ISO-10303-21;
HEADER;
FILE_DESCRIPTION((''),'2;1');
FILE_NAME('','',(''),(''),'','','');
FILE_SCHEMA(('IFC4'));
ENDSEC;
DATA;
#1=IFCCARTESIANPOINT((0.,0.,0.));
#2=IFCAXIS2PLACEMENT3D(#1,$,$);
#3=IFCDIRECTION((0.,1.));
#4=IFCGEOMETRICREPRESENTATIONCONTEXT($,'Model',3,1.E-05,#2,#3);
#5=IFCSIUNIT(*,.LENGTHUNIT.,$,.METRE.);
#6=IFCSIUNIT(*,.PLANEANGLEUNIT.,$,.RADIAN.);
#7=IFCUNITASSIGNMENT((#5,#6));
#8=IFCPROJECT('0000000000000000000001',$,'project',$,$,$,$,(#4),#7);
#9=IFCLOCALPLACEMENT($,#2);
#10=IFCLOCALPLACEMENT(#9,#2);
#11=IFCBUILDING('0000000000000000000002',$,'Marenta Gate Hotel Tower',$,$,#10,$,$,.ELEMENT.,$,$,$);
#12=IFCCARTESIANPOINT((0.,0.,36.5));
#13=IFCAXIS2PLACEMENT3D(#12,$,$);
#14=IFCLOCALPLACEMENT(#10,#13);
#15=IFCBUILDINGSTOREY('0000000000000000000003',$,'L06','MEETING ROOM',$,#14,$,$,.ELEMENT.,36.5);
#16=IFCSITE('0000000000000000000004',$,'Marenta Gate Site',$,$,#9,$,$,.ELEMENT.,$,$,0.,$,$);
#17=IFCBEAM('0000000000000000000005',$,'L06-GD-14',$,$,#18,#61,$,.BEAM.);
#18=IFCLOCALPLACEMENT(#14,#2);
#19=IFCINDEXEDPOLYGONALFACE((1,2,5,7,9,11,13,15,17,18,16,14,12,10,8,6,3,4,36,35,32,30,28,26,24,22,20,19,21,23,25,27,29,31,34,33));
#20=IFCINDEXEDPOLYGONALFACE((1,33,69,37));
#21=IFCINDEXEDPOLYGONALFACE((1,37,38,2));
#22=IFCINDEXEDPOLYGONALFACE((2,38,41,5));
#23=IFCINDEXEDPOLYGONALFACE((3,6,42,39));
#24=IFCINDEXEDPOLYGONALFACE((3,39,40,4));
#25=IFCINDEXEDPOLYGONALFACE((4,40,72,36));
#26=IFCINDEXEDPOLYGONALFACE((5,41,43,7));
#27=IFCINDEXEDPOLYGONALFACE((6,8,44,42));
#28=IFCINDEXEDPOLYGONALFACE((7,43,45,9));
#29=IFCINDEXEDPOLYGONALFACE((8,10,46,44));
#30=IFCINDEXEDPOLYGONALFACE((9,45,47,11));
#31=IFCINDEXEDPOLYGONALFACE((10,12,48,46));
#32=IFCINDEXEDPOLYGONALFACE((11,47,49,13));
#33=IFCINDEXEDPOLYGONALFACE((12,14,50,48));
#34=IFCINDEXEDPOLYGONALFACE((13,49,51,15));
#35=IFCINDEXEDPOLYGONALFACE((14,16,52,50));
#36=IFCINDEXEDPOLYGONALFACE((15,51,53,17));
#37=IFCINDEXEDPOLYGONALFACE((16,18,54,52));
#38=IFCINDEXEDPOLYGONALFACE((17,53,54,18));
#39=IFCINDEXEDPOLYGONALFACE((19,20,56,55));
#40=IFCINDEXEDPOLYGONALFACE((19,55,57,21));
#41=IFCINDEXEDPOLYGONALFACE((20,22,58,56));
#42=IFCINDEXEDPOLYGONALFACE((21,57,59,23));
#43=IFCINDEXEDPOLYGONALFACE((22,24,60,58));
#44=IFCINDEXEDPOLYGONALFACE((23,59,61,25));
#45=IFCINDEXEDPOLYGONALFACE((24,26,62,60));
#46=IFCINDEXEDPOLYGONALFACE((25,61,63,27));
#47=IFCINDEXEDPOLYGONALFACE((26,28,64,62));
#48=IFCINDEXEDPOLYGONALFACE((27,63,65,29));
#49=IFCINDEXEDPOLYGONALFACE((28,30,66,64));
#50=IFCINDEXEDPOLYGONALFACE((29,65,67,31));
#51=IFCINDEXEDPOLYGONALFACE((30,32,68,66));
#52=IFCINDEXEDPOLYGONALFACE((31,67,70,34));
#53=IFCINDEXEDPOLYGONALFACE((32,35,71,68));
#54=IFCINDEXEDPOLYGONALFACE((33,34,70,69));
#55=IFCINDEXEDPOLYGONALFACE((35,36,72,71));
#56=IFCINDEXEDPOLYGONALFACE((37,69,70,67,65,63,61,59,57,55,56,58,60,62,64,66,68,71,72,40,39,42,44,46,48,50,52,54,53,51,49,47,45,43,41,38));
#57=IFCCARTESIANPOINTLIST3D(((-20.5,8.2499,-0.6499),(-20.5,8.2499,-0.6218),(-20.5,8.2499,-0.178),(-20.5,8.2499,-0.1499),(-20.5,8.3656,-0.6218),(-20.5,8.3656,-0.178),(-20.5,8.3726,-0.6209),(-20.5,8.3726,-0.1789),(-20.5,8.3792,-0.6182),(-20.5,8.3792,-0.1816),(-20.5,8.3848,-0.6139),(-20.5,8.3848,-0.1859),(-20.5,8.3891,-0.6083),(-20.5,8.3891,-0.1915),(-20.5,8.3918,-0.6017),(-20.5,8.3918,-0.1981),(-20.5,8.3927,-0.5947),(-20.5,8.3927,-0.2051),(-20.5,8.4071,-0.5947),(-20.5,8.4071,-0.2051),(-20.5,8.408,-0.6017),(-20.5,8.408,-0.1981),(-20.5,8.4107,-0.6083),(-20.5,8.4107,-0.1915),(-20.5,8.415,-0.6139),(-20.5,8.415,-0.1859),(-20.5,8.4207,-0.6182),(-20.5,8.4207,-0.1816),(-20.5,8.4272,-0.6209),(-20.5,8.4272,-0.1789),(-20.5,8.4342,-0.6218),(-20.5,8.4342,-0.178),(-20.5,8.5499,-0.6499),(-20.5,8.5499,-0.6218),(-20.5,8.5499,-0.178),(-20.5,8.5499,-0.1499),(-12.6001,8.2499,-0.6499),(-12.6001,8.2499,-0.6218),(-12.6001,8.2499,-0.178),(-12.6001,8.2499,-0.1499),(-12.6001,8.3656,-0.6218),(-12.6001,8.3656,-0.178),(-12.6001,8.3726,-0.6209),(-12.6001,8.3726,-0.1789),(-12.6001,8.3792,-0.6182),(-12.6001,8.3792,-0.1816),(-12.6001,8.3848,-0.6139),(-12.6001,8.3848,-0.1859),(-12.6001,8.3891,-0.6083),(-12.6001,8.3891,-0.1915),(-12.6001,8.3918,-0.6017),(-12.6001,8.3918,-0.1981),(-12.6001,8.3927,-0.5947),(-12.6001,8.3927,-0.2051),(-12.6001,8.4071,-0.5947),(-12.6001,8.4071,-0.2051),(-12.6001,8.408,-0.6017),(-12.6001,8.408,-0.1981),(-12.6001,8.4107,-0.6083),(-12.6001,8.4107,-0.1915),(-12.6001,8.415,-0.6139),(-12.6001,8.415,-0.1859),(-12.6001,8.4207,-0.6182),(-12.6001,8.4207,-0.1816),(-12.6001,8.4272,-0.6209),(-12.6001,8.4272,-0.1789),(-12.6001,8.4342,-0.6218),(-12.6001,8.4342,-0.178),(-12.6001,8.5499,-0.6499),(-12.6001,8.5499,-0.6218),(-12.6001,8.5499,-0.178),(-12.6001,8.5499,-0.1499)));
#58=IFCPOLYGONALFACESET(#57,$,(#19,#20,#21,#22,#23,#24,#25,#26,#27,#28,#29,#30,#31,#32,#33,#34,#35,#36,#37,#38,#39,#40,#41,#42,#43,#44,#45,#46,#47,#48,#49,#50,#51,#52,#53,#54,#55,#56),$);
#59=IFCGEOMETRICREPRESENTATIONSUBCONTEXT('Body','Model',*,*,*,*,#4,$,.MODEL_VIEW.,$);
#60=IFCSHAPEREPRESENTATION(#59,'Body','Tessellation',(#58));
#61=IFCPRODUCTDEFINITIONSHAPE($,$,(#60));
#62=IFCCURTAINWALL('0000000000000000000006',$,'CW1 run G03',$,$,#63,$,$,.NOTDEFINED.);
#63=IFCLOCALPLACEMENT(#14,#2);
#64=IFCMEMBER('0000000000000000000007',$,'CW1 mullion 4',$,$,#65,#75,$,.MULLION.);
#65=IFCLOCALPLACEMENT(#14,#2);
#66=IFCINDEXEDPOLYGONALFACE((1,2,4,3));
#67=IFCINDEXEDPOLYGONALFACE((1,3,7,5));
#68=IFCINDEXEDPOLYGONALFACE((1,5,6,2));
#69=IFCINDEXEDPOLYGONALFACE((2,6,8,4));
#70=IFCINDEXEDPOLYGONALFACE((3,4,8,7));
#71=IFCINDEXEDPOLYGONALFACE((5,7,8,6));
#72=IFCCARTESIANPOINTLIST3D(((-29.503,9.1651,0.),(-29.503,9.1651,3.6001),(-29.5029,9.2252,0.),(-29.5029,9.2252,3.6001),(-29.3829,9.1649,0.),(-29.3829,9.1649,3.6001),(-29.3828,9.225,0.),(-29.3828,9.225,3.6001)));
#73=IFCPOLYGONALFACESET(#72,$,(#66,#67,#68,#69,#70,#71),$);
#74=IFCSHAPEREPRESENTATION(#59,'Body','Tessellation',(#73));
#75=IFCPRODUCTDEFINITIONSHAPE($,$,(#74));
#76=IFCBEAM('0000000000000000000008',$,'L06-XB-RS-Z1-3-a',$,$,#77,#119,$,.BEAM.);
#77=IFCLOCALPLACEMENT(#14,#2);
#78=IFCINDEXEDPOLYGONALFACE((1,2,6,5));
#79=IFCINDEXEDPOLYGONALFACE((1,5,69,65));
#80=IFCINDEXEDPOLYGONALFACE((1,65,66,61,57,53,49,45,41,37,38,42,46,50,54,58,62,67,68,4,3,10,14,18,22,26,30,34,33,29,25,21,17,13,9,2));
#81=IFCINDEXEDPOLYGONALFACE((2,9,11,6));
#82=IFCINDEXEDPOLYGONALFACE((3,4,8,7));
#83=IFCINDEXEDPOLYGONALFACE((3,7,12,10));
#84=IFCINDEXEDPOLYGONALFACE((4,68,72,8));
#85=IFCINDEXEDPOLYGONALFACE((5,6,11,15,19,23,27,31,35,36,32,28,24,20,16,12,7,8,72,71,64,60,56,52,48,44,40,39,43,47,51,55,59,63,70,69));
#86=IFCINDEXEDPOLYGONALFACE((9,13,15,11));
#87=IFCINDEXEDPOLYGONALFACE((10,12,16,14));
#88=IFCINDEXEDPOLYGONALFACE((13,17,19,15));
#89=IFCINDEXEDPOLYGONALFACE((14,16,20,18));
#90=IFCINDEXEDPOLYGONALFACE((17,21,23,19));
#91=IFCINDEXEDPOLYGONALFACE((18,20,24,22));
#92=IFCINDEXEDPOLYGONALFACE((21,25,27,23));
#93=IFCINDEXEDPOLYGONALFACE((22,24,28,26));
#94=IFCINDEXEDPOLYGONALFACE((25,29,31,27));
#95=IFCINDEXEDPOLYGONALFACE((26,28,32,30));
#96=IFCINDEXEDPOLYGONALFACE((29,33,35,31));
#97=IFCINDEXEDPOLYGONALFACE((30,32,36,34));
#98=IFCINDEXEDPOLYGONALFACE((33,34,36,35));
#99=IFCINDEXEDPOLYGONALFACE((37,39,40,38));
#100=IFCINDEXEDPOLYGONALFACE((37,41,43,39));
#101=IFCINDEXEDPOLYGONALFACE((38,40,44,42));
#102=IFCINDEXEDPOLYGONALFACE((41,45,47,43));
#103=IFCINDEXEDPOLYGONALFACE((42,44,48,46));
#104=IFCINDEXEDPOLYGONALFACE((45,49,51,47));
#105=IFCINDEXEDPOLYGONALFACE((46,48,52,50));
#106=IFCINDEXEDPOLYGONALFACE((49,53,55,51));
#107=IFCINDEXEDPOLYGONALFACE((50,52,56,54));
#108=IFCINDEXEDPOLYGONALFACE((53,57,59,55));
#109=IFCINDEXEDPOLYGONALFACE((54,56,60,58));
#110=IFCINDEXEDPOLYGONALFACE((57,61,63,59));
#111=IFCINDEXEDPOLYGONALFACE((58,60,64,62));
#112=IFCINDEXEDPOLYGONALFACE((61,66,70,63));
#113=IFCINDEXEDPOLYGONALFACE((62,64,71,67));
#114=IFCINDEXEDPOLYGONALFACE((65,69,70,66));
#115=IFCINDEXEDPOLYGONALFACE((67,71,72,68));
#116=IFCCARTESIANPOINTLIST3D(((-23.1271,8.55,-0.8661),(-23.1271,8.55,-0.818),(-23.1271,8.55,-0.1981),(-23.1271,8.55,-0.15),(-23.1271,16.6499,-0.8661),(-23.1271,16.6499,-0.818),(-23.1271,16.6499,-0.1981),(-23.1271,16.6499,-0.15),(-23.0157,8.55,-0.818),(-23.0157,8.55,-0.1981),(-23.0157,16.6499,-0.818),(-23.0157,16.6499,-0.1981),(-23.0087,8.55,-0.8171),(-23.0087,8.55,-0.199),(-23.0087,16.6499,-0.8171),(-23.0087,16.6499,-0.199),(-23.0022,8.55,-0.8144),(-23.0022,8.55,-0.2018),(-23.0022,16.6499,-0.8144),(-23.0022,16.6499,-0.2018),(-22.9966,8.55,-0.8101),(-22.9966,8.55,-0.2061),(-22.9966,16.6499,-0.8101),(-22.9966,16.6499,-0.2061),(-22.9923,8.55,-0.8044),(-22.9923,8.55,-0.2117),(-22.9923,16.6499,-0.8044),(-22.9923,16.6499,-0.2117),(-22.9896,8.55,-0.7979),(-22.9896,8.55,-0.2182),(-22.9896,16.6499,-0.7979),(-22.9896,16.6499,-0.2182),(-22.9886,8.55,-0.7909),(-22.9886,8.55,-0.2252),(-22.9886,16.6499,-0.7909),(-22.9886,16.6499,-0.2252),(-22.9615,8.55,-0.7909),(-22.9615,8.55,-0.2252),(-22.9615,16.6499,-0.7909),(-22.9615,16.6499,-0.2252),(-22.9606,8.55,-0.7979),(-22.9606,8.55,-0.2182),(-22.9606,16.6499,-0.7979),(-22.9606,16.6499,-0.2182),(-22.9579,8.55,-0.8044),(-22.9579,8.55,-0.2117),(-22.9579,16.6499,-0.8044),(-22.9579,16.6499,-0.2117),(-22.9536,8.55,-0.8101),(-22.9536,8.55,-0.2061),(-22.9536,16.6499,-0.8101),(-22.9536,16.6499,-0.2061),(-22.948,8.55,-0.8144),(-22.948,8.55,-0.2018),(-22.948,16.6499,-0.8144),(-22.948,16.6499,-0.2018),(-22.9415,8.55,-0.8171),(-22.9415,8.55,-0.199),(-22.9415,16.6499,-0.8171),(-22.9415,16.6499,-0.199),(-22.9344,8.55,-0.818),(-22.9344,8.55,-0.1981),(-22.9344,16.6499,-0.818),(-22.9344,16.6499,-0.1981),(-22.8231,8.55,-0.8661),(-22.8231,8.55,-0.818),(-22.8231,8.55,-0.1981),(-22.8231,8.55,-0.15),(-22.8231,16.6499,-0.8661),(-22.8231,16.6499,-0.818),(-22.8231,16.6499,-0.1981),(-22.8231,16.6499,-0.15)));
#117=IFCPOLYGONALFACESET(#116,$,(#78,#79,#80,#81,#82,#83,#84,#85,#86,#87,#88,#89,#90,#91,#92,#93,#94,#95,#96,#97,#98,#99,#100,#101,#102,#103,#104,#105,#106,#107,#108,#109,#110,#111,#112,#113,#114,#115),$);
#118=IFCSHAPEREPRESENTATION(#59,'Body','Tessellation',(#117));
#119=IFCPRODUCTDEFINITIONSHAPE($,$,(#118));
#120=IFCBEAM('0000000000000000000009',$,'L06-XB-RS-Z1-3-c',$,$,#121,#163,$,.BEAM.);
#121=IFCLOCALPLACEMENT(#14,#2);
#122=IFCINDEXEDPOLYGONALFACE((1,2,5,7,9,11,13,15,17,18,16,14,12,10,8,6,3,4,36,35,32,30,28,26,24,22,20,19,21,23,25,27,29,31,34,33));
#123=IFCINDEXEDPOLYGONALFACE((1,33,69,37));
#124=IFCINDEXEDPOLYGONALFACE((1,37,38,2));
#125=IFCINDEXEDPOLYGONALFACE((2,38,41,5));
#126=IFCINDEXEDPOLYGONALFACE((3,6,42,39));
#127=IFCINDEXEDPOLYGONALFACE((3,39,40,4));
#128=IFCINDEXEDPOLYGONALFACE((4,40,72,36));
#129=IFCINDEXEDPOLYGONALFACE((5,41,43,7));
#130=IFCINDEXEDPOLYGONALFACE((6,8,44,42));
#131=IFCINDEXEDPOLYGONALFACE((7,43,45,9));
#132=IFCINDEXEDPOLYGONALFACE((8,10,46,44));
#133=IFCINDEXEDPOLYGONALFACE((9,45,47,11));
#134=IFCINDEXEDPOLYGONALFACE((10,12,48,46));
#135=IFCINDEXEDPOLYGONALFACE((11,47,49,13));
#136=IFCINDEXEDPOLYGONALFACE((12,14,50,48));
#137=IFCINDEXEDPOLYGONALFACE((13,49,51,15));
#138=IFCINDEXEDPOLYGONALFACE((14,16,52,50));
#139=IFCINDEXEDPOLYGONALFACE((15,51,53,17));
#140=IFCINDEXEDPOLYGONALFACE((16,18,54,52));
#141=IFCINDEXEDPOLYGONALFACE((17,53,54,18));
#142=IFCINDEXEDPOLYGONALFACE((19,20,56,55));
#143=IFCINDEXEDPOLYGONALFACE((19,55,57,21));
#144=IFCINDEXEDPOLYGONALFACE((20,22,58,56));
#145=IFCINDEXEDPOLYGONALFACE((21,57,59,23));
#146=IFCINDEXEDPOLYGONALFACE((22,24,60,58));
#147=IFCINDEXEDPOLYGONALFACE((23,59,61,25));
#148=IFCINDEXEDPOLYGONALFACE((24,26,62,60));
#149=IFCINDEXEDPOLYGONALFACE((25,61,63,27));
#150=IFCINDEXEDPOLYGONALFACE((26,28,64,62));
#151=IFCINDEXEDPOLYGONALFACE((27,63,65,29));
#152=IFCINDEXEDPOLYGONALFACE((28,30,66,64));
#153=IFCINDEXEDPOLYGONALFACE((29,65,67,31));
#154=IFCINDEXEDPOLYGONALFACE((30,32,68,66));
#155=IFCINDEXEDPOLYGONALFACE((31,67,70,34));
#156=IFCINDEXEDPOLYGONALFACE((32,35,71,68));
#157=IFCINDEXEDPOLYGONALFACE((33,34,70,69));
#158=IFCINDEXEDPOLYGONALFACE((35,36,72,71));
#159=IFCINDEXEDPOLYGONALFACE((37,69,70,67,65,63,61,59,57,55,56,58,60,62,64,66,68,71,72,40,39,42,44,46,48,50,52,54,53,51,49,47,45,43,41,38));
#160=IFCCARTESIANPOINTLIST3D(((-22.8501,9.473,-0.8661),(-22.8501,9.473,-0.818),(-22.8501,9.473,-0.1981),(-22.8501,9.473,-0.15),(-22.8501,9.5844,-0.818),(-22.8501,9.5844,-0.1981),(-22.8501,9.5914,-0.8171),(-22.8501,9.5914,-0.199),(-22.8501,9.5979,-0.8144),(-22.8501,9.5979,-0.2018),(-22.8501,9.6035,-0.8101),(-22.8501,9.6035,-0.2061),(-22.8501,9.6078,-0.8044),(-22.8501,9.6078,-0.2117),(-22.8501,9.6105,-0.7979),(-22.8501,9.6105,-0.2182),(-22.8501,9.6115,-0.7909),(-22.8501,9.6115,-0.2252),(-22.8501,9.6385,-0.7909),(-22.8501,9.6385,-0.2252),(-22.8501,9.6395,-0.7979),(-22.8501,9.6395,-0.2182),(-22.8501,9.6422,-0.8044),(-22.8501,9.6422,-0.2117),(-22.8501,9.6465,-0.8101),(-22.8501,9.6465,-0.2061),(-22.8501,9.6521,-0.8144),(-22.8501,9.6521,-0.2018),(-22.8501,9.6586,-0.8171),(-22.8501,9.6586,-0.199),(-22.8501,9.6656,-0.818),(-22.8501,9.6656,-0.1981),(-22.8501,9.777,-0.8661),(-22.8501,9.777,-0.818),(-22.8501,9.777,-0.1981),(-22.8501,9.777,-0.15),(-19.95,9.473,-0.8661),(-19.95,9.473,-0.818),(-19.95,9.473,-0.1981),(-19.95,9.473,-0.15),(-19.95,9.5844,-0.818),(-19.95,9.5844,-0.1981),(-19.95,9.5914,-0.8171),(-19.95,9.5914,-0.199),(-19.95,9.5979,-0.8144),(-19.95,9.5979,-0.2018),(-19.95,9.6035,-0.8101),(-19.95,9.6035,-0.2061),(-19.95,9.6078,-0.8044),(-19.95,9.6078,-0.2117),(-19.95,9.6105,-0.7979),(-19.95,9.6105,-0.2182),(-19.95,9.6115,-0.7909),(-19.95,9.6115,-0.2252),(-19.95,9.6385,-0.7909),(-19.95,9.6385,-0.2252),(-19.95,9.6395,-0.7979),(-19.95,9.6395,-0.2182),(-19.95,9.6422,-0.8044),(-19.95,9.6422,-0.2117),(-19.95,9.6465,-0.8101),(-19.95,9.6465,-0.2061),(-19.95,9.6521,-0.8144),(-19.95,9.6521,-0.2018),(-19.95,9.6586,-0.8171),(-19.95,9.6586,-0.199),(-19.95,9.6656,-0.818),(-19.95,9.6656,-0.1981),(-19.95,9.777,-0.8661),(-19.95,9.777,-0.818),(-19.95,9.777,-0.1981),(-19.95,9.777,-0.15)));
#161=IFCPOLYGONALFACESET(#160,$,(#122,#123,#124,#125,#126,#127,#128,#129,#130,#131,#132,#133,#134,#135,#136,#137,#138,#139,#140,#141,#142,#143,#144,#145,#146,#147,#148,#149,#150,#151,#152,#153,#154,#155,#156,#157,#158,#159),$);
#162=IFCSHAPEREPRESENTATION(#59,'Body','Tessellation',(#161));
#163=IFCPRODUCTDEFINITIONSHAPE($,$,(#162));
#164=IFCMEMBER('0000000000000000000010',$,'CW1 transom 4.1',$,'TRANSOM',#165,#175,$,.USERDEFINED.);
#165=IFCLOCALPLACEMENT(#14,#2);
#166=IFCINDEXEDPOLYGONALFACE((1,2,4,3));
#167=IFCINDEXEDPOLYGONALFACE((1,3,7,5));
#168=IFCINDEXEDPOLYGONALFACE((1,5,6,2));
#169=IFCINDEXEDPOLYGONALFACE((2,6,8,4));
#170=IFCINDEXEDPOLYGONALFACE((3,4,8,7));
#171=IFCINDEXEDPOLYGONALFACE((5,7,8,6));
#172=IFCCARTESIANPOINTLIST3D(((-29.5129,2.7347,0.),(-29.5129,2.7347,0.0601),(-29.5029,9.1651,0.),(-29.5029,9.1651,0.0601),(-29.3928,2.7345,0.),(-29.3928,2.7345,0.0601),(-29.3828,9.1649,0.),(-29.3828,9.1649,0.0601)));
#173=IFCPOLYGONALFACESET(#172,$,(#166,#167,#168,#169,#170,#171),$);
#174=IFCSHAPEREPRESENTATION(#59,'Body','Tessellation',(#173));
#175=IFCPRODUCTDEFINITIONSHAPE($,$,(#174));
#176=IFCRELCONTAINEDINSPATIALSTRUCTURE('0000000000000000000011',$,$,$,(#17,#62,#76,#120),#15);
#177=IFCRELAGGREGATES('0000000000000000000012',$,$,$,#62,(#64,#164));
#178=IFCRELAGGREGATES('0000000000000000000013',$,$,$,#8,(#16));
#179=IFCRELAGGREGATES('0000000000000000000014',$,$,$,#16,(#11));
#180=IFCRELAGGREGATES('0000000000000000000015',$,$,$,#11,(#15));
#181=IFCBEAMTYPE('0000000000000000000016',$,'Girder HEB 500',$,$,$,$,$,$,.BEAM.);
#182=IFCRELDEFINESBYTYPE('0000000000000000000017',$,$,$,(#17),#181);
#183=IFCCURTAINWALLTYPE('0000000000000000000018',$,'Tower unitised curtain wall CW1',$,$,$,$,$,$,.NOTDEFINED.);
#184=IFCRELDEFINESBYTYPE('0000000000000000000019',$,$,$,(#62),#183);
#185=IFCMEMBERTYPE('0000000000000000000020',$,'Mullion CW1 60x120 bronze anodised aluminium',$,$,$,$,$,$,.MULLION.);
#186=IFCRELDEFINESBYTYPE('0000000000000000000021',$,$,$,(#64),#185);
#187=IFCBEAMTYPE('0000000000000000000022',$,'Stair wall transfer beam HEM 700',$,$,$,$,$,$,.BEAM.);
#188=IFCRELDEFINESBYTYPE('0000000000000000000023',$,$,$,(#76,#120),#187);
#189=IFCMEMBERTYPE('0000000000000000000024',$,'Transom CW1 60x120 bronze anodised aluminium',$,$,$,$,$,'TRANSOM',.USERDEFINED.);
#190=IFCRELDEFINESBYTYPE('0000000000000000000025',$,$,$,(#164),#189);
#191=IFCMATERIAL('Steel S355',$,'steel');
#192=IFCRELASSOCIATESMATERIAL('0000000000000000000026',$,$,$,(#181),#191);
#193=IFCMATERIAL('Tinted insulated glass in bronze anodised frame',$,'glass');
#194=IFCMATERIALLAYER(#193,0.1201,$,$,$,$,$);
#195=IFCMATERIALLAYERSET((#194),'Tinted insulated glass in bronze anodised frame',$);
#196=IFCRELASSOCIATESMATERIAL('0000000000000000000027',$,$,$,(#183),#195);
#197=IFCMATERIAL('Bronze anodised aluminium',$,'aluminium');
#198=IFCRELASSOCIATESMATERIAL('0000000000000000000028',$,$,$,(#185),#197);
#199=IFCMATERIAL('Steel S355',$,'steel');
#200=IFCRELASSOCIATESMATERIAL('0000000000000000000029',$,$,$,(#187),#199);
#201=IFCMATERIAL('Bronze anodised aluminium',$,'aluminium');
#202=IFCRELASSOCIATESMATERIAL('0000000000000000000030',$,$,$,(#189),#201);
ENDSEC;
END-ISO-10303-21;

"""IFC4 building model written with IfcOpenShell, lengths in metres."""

from ifc_helpers import new_model, si_unit, direction, frame, origin, origin_2d, place, context, subcontext, project, spatial, rectangle, i_section, extrude, material, layer, layer_set, material_profile, profile_set, type_object, element, aggregate, save


model = new_model("IFC4")

# Units and contexts
model_context = context("Model", 3, precision=1e-05, world=origin(), true_north=direction((0.0, 1.0)))
body_context = subcontext(model_context, "Body", "Model", "MODEL_VIEW")
ifc_project = project(units=[si_unit("LENGTHUNIT", "METRE"), si_unit("PLANEANGLEUNIT", "RADIAN")], contexts=[model_context])

# Site, building, storey
site_placement = place(None, origin())
site = spatial("IfcSite", under=ifc_project, at=site_placement, Name="Marenta Gate Site", CompositionType="ELEMENT", RefElevation=0.0)
building_placement = place(site_placement, origin())
building = spatial("IfcBuilding", under=site, at=building_placement, Name="Marenta Gate Hotel Tower", CompositionType="ELEMENT")
storey_placement = place(building_placement, frame((0.0, 0.0, 36.5)))
storey = spatial("IfcBuildingStorey", under=building, at=storey_placement, Name="L06", Description="MEETING ROOM", CompositionType="ELEMENT", Elevation=36.5)

# Beam
ifc_material_1 = material(Name="Steel S355", Category="steel")
ifc_material_profile_1 = material_profile(ifc_material_1, i_section(OverallWidth=0.3, OverallDepth=0.5, WebThickness=0.0144, FlangeThickness=0.0281, FilletRadius=0.0271, at=origin_2d()), Name="HEB 500")
ifc_profile_set_1 = profile_set([ifc_material_profile_1], Name="Steel S355")
beam_type_1 = type_object("IfcBeamType", Name="Girder HEB 500", PredefinedType="BEAM", material=ifc_profile_set_1)
beam_1_placement = place(storey_placement, frame((-20.5, 8.3999, -0.3999), z_axis=(1.0, 0.0, 0.0), x_axis=(0.0, 1.0, 0.0)))
element("IfcBeam", 1, at=beam_1_placement, inside=storey, type_object=beam_type_1, Name="L06-GD-14", PredefinedType="BEAM", context=body_context, shape_type="SweptSolid", body=[
    extrude(i_section(OverallWidth=0.3, OverallDepth=0.5, WebThickness=0.0144, FlangeThickness=0.0281, FilletRadius=0.0271, at=origin_2d()), origin(), (0.0, 0.0, 1.0), 7.8999),
])

# Curtain wall, member
ifc_material_2 = material(Name="Tinted insulated glass in bronze anodised frame", Category="glass")
ifc_layer_1 = layer(ifc_material_2, 0.1201)
ifc_layer_set_1 = layer_set([ifc_layer_1], Name="Tinted insulated glass in bronze anodised frame")
curtain_wall_type = type_object("IfcCurtainWallType", Name="Tower unitised curtain wall CW1", PredefinedType="NOTDEFINED", material=ifc_layer_set_1)
curtain_wall_placement = place(storey_placement, origin())
curtain_wall = element("IfcCurtainWall", 2, at=curtain_wall_placement, inside=storey, type_object=curtain_wall_type, Name="CW1 run G03", PredefinedType="NOTDEFINED")
ifc_material_3 = material(Name="Bronze anodised aluminium", Category="aluminium")
ifc_material_profile_2 = material_profile(ifc_material_3, rectangle(XDim=0.1201, YDim=0.0601, at=origin_2d()), Name="Mullion CW1 60x120 bronze anodised aluminium")
ifc_profile_set_2 = profile_set([ifc_material_profile_2], Name="Bronze anodised aluminium")
member_type_1 = type_object("IfcMemberType", Name="Mullion CW1 60x120 bronze anodised aluminium", PredefinedType="MULLION", material=ifc_profile_set_2)
member_1_placement = place(storey_placement, frame((-29.4429, 9.1951, 0.0), z_axis=(0.0, 0.0, 1.0), x_axis=(0.999999, -0.001566, 0.0)))
member_1 = element("IfcMember", 3, at=member_1_placement, type_object=member_type_1, Name="CW1 mullion 4", PredefinedType="MULLION", context=body_context, shape_type="SweptSolid", body=[
    extrude(rectangle(XDim=0.1201, YDim=0.0601, at=origin_2d()), origin(), (0.0, 0.0, 1.0), 3.6001),
])

# Beams
ifc_material_4 = material(Name="Steel S355", Category="steel")
ifc_material_profile_3 = material_profile(ifc_material_4, i_section(OverallWidth=0.304, OverallDepth=0.7161, WebThickness=0.0271, FlangeThickness=0.0481, FilletRadius=0.0271, at=origin_2d()), Name="HEM 700")
ifc_profile_set_3 = profile_set([ifc_material_profile_3], Name="Steel S355")
beam_type_2 = type_object("IfcBeamType", Name="Stair wall transfer beam HEM 700", PredefinedType="BEAM", material=ifc_profile_set_3)
beam_2_placement = place(storey_placement, frame((-22.9751, 8.55, -0.5081), z_axis=(0.0, 1.0, 0.0), x_axis=(-1.0, 0.0, 0.0)))
element("IfcBeam", 4, at=beam_2_placement, inside=storey, type_object=beam_type_2, Name="L06-XB-RS-Z1-3-a", PredefinedType="BEAM", context=body_context, shape_type="SweptSolid", body=[
    extrude(i_section(OverallWidth=0.304, OverallDepth=0.7161, WebThickness=0.0271, FlangeThickness=0.0481, FilletRadius=0.0271, at=origin_2d()), origin(), (0.0, 0.0, 1.0), 8.0999),
])
beam_3_placement = place(storey_placement, frame((-22.8501, 9.625, -0.5081), z_axis=(1.0, 0.0, 0.0), x_axis=(0.0, 1.0, 0.0)))
element("IfcBeam", 5, at=beam_3_placement, inside=storey, type_object=beam_type_2, Name="L06-XB-RS-Z1-3-c", PredefinedType="BEAM", context=body_context, shape_type="SweptSolid", body=[
    extrude(i_section(OverallWidth=0.304, OverallDepth=0.7161, WebThickness=0.0271, FlangeThickness=0.0481, FilletRadius=0.0271, at=origin_2d()), origin(), (0.0, 0.0, 1.0), 2.9001),
])

# Member
ifc_material_5 = material(Name="Bronze anodised aluminium", Category="aluminium")
ifc_material_profile_4 = material_profile(ifc_material_5, rectangle(XDim=0.1201, YDim=0.0601, at=origin_2d()), Name="Transom CW1 60x120 bronze anodised aluminium")
ifc_profile_set_4 = profile_set([ifc_material_profile_4], Name="Bronze anodised aluminium")
member_type_2 = type_object("IfcMemberType", Name="Transom CW1 60x120 bronze anodised aluminium", ElementType="TRANSOM", PredefinedType="USERDEFINED", material=ifc_profile_set_4)
member_2_placement = place(storey_placement, frame((-29.4429, 9.165, 0.03), z_axis=(-0.001557, -0.999999, 0.0), x_axis=(0.999999, -0.001557, 0.0)))
member_2 = element("IfcMember", 6, at=member_2_placement, type_object=member_type_2, Name="CW1 transom 4.1", ObjectType="TRANSOM", PredefinedType="USERDEFINED", context=body_context, shape_type="SweptSolid", body=[
    extrude(rectangle(XDim=0.1201, YDim=0.0601, at=origin_2d()), origin(), (0.0, 0.0, 1.0), 6.4304),
])

aggregate(curtain_wall, [member_1, member_2])

save(model, "model.ifc")
